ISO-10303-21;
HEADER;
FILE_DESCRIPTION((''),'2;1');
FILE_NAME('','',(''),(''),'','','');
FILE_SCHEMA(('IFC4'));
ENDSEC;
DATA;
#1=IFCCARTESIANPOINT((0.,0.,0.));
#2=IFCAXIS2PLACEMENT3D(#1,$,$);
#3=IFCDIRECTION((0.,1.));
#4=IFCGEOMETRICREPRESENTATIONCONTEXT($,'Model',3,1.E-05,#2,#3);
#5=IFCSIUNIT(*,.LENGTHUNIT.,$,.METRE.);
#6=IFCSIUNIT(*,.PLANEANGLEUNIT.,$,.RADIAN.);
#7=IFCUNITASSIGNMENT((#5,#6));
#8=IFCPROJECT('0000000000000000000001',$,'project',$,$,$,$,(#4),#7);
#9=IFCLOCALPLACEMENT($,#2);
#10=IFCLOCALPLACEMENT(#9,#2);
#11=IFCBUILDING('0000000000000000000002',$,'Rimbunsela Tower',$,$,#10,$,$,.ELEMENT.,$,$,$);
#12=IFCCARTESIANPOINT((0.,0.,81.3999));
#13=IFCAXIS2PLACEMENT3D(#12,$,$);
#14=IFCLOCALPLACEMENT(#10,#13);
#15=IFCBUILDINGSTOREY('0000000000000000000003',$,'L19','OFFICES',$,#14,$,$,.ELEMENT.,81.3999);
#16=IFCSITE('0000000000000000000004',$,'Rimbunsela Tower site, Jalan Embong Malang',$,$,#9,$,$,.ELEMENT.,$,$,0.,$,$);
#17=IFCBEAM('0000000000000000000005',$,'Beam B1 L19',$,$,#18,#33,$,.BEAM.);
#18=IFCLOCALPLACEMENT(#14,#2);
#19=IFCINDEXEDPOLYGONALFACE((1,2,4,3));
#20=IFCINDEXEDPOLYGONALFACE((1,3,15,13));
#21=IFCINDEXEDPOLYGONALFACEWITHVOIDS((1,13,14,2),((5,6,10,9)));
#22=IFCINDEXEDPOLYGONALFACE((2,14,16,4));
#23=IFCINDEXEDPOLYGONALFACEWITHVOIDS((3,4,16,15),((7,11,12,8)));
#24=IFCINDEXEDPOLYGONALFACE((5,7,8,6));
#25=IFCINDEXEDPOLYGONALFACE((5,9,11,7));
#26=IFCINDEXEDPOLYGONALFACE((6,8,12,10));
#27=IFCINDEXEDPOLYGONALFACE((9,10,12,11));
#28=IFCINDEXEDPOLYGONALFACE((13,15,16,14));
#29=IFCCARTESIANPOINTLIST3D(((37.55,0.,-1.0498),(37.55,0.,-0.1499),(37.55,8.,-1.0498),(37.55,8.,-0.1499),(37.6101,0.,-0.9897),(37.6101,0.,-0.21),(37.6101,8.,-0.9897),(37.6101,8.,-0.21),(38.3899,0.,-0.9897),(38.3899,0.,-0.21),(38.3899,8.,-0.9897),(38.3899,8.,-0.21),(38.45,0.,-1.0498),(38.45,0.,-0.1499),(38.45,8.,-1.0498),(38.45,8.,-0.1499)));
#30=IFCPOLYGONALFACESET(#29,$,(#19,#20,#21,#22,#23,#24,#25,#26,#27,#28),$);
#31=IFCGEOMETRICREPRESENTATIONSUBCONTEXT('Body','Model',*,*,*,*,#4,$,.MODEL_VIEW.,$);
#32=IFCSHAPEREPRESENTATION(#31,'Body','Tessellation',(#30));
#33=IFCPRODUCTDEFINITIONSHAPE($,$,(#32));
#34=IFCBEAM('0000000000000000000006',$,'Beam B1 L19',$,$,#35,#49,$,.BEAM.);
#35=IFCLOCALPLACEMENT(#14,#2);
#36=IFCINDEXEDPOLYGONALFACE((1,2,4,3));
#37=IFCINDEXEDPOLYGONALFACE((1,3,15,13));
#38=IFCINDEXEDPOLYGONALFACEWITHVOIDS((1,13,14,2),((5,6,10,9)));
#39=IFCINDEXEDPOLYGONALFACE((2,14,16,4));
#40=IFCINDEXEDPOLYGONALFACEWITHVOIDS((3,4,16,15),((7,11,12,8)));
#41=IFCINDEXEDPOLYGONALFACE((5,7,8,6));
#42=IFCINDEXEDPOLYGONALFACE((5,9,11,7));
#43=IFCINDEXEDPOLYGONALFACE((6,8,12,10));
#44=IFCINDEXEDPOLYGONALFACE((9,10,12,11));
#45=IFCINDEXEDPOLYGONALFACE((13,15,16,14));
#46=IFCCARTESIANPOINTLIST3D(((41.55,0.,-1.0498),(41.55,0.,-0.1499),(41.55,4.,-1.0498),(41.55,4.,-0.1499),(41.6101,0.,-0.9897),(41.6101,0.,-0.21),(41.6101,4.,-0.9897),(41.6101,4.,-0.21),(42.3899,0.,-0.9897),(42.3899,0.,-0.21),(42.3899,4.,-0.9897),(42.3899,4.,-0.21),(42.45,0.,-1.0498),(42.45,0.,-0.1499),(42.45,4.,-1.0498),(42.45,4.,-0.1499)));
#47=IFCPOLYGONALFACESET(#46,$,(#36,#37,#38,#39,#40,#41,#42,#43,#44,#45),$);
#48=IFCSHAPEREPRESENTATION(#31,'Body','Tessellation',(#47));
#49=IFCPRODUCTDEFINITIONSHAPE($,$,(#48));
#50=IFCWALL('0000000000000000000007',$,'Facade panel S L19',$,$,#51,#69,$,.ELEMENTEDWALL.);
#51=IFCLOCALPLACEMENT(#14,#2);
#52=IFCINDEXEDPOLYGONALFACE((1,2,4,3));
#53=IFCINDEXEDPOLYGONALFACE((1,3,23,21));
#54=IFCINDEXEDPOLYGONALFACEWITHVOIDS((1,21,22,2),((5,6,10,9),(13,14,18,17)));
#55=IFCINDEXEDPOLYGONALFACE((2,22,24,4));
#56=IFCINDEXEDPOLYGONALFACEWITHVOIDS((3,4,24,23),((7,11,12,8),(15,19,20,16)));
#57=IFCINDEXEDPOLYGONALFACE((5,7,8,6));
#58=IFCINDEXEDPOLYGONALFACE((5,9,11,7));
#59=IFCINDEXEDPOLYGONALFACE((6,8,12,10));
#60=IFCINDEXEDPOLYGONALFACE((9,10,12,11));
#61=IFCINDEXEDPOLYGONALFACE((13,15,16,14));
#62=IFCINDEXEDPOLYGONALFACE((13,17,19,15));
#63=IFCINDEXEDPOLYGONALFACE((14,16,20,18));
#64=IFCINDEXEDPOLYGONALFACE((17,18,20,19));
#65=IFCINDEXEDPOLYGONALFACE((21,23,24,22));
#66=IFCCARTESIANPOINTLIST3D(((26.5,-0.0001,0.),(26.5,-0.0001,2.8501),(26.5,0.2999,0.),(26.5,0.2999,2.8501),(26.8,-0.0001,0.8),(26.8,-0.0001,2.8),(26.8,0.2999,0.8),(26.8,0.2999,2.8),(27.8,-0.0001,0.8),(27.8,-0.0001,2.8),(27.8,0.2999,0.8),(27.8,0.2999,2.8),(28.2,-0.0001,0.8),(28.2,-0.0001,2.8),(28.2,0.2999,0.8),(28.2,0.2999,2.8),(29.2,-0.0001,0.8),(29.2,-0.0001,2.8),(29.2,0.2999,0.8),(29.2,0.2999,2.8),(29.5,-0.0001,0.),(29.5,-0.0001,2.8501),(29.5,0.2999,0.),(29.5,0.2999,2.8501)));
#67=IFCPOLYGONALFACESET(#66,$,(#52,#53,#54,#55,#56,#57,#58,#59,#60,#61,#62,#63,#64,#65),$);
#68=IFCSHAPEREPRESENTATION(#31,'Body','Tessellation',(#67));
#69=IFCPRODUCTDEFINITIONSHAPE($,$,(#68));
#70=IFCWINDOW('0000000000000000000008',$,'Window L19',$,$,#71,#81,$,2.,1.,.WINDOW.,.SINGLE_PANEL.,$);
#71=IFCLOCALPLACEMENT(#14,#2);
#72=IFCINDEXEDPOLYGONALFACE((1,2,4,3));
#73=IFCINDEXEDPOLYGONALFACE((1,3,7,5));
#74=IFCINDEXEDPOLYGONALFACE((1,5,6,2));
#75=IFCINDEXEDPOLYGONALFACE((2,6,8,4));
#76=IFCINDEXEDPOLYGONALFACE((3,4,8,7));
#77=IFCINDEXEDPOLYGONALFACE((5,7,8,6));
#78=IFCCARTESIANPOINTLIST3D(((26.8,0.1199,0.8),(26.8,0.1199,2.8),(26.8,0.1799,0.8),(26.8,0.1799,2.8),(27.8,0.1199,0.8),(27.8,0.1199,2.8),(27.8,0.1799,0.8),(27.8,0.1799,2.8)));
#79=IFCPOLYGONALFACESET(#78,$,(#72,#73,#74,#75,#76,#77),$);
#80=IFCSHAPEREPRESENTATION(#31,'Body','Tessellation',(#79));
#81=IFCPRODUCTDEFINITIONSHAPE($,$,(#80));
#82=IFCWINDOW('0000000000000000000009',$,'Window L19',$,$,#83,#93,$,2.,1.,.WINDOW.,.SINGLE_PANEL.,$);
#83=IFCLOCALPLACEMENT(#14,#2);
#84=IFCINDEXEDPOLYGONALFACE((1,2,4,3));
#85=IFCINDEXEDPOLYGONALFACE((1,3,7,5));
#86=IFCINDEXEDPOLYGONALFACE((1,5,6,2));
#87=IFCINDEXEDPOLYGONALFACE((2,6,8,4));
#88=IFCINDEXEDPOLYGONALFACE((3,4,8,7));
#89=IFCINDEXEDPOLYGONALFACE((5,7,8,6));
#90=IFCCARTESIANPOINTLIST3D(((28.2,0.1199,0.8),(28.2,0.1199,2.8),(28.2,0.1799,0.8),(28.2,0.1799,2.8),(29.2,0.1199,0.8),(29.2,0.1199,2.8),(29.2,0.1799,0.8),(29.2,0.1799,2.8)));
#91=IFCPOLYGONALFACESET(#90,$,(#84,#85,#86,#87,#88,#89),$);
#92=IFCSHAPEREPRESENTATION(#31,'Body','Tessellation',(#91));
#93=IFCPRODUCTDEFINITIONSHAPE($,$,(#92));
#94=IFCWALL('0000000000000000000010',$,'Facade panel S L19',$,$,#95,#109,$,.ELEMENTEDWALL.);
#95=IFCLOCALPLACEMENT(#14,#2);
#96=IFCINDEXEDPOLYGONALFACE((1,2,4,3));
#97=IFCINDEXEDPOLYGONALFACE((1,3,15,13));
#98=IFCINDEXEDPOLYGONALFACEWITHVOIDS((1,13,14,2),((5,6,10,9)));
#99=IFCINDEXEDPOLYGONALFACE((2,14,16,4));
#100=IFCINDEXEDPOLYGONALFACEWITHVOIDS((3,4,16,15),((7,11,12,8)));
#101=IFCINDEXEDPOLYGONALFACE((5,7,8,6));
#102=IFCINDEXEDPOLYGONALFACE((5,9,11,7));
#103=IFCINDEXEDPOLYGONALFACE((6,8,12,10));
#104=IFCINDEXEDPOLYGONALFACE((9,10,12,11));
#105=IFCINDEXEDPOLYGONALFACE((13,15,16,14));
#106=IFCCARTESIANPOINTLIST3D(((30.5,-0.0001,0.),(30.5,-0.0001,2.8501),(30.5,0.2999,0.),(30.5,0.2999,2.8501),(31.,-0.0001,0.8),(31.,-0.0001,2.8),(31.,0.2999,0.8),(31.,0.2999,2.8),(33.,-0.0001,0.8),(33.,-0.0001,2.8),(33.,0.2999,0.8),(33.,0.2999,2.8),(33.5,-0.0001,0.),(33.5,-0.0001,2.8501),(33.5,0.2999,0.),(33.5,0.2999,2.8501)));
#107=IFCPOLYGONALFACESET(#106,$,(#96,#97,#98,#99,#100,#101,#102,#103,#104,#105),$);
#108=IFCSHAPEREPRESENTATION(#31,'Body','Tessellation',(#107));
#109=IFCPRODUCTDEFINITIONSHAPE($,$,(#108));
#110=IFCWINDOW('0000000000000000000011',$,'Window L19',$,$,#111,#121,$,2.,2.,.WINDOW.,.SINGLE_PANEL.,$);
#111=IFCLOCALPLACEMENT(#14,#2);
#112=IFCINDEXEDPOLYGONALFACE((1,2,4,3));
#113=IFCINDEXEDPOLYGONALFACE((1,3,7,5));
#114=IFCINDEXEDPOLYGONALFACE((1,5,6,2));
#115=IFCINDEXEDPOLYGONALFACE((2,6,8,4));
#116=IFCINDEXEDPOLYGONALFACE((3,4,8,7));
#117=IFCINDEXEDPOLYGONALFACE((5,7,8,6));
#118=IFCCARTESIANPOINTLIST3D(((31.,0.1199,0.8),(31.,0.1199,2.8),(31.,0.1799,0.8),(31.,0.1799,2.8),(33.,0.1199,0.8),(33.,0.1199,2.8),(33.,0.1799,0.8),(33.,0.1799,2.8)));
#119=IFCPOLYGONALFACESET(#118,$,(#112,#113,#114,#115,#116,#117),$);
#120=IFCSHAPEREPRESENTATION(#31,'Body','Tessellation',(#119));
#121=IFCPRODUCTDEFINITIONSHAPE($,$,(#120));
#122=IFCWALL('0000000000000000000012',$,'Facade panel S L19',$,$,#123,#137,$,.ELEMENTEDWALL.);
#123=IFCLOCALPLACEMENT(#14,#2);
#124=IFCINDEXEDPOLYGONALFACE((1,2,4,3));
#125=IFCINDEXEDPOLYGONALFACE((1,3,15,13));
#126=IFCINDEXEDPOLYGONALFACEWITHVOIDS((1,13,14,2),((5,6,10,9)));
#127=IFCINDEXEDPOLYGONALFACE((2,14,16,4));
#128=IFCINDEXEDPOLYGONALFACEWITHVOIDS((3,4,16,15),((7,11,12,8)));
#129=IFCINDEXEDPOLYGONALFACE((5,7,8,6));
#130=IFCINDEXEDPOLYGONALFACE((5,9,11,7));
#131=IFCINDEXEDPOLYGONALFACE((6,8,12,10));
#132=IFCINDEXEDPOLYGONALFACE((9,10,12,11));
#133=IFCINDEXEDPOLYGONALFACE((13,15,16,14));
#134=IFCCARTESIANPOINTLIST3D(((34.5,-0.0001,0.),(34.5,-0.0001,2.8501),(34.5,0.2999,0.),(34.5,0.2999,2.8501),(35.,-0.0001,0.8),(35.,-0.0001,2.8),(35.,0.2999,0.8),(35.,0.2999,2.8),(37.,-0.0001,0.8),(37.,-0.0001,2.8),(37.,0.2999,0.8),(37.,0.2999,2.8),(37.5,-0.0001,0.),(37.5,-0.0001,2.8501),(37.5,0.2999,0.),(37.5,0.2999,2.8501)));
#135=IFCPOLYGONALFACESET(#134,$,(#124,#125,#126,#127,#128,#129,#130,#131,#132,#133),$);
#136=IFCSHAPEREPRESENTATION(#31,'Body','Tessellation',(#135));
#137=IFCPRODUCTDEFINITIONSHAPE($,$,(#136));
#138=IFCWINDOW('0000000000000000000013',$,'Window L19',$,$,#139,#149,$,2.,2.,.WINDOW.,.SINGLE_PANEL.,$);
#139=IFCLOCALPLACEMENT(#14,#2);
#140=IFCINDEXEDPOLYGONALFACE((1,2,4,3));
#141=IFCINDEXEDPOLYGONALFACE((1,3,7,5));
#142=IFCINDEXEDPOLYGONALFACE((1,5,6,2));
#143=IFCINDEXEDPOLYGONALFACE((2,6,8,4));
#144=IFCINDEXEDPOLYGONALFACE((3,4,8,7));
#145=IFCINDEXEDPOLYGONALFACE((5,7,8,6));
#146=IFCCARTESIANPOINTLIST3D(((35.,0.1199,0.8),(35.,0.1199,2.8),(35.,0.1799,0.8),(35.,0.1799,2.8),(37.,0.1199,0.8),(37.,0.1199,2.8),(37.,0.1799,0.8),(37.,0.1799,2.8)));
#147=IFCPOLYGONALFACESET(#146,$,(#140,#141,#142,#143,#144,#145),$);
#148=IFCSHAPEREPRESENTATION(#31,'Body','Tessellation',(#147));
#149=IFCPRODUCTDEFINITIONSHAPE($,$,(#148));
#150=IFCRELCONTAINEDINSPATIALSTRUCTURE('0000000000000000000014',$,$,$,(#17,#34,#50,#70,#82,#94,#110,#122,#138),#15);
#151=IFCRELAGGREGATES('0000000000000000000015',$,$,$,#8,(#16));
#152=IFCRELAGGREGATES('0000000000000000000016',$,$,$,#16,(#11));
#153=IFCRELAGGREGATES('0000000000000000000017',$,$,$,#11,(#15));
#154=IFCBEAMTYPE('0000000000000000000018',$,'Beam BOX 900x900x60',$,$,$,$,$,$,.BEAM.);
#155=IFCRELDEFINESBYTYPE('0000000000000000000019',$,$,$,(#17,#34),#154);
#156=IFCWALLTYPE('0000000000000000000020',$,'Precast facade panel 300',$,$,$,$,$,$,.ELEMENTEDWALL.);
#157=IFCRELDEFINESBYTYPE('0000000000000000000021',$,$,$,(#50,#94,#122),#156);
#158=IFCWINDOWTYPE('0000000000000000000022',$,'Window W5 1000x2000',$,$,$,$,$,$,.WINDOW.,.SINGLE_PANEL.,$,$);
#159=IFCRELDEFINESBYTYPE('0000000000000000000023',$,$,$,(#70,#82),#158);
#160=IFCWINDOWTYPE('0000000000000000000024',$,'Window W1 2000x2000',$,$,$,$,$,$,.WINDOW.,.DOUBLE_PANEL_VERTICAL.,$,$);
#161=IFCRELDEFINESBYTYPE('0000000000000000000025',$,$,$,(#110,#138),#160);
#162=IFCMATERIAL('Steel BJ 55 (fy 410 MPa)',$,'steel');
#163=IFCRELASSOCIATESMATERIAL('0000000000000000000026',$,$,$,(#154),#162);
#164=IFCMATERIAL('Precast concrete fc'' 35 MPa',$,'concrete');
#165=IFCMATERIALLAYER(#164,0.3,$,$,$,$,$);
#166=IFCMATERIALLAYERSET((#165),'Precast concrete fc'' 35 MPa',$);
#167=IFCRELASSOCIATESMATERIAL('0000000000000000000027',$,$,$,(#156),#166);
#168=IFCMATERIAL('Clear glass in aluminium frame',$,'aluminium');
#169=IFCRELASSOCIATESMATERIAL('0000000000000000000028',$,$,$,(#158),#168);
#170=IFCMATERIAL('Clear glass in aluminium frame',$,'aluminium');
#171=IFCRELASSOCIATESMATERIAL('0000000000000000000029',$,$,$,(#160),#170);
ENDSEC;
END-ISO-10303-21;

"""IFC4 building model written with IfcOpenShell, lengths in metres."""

from ifc_helpers import new_model, si_unit, direction, frame, frame_2d, origin, origin_2d, place, context, subcontext, project, spatial, rectangle, hollow_rectangle, extrude, material, layer, layer_set, material_profile, profile_set, type_object, element, fill, save


model = new_model("IFC4")

# Units and contexts
model_context = context("Model", 3, precision=1e-05, world=origin(), true_north=direction((0.0, 1.0)))
body_context = subcontext(model_context, "Body", "Model", "MODEL_VIEW")
ifc_project = project(units=[si_unit("LENGTHUNIT", "METRE"), si_unit("PLANEANGLEUNIT", "RADIAN")], contexts=[model_context])

# Site, building, storey
site_placement = place(None, origin())
site = spatial("IfcSite", under=ifc_project, at=site_placement, Name="Rimbunsela Tower site, Jalan Embong Malang", CompositionType="ELEMENT", RefElevation=0.0)
building_placement = place(site_placement, origin())
building = spatial("IfcBuilding", under=site, at=building_placement, Name="Rimbunsela Tower", CompositionType="ELEMENT")
storey_placement = place(building_placement, frame((0.0, 0.0, 81.3999)))
storey = spatial("IfcBuildingStorey", under=building, at=storey_placement, Name="L19", Description="OFFICES", CompositionType="ELEMENT", Elevation=81.3999)

# Beams
ifc_material_1 = material(Name="Steel BJ 55 (fy 410 MPa)", Category="steel")
ifc_material_profile_1 = material_profile(ifc_material_1, hollow_rectangle(XDim=0.8999, YDim=0.8999, WallThickness=0.0601, at=origin_2d()), Name="BOX 900x900x60")
ifc_profile_set_1 = profile_set([ifc_material_profile_1], Name="Steel BJ 55 (fy 410 MPa)")
beam_type_1 = type_object("IfcBeamType", Name="Beam BOX 900x900x60", PredefinedType="BEAM", material=ifc_profile_set_1)
beam_1_placement = place(storey_placement, frame((38.0, 0.0, -0.5999), z_axis=(0.0, 1.0, 0.0), x_axis=(-1.0, 0.0, 0.0)))
element("IfcBeam", 1, at=beam_1_placement, inside=storey, type_object=beam_type_1, Name="Beam B1 L19", PredefinedType="BEAM", context=body_context, shape_type="SweptSolid", body=[
    extrude(hollow_rectangle(XDim=0.8999, YDim=0.8999, WallThickness=0.0601, at=origin_2d()), origin(), (0.0, 0.0, 1.0), 8.0),
])
beam_2_placement = place(storey_placement, frame((42.0, 0.0, -0.5999), z_axis=(0.0, 1.0, 0.0), x_axis=(-1.0, 0.0, 0.0)))
element("IfcBeam", 2, at=beam_2_placement, inside=storey, type_object=beam_type_1, Name="Beam B1 L19", PredefinedType="BEAM", context=body_context, shape_type="SweptSolid", body=[
    extrude(hollow_rectangle(XDim=0.8999, YDim=0.8999, WallThickness=0.0601, at=origin_2d()), origin(), (0.0, 0.0, 1.0), 4.0),
])

# Wall, openings, windows
ifc_material_2 = material(Name="Precast concrete fc' 35 MPa", Category="concrete")
ifc_layer_1 = layer(ifc_material_2, 0.3)
ifc_layer_set_1 = layer_set([ifc_layer_1], Name="Precast concrete fc' 35 MPa")
wall_type_1 = type_object("IfcWallType", Name="Precast facade panel 300", PredefinedType="ELEMENTEDWALL", material=ifc_layer_set_1)
wall_1_placement = place(storey_placement, frame((26.5, 0.1499, 0.0), z_axis=(0.0, 0.0, 1.0), x_axis=(1.0, 0.0, 0.0)))
wall_1 = element("IfcWall", 3, at=wall_1_placement, inside=storey, type_object=wall_type_1, Name="Facade panel S L19", PredefinedType="ELEMENTEDWALL", context=body_context, shape_type="SweptSolid", body=[
    extrude(rectangle(XDim=3.0, YDim=0.3, at=frame_2d((1.5, 0.0))), origin(), (0.0, 0.0, 1.0), 2.8501),
])
opening_1_placement = place(wall_1_placement, frame((0.3, 0.0, 0.8)))
opening_1 = element("IfcOpeningElement", 4, at=opening_1_placement, cuts=wall_1, PredefinedType="OPENING", context=body_context, shape_type="SweptSolid", body=[
    extrude(rectangle(XDim=1.0, YDim=2.0, at=frame_2d((0.5, 1.0))), frame((0.0, 0.1599, 0.0), z_axis=(0.0, -1.0, 0.0), x_axis=(1.0, 0.0, 0.0)), (0.0, 0.0, 1.0), 0.3201),
])
opening_2_placement = place(wall_1_placement, frame((1.7, 0.0, 0.8)))
opening_2 = element("IfcOpeningElement", 5, at=opening_2_placement, cuts=wall_1, PredefinedType="OPENING", context=body_context, shape_type="SweptSolid", body=[
    extrude(rectangle(XDim=1.0, YDim=2.0, at=frame_2d((0.5, 1.0))), frame((0.0, 0.1599, 0.0), z_axis=(0.0, -1.0, 0.0), x_axis=(1.0, 0.0, 0.0)), (0.0, 0.0, 1.0), 0.3201),
])
ifc_material_3 = material(Name="Clear glass in aluminium frame", Category="aluminium")
window_type_1 = type_object("IfcWindowType", Name="Window W5 1000x2000", PartitioningType="SINGLE_PANEL", PredefinedType="WINDOW", material=ifc_material_3)
window_1_placement = place(opening_1_placement, origin())
window_1 = element("IfcWindow", 6, at=window_1_placement, inside=storey, type_object=window_type_1, Name="Window L19", OverallHeight=2.0, OverallWidth=1.0, PartitioningType="SINGLE_PANEL", PredefinedType="WINDOW", context=body_context, shape_type="SweptSolid", body=[
    extrude(rectangle(XDim=1.0, YDim=2.0, at=frame_2d((0.5, 1.0))), frame((0.0, 0.03, 0.0), z_axis=(0.0, -1.0, 0.0), x_axis=(1.0, 0.0, 0.0)), (0.0, 0.0, 1.0), 0.0601),
])
fill(opening_1, window_1)
window_2_placement = place(opening_2_placement, origin())
window_2 = element("IfcWindow", 7, at=window_2_placement, inside=storey, type_object=window_type_1, Name="Window L19", OverallHeight=2.0, OverallWidth=1.0, PartitioningType="SINGLE_PANEL", PredefinedType="WINDOW", context=body_context, shape_type="SweptSolid", body=[
    extrude(rectangle(XDim=1.0, YDim=2.0, at=frame_2d((0.5, 1.0))), frame((0.0, 0.03, 0.0), z_axis=(0.0, -1.0, 0.0), x_axis=(1.0, 0.0, 0.0)), (0.0, 0.0, 1.0), 0.0601),
])
fill(opening_2, window_2)

# Walls, openings, windows
wall_2_placement = place(storey_placement, frame((30.5, 0.1499, 0.0), z_axis=(0.0, 0.0, 1.0), x_axis=(1.0, 0.0, 0.0)))
wall_2 = element("IfcWall", 8, at=wall_2_placement, inside=storey, type_object=wall_type_1, Name="Facade panel S L19", PredefinedType="ELEMENTEDWALL", context=body_context, shape_type="SweptSolid", body=[
    extrude(rectangle(XDim=3.0, YDim=0.3, at=frame_2d((1.5, 0.0))), origin(), (0.0, 0.0, 1.0), 2.8501),
])
opening_3_placement = place(wall_2_placement, frame((0.5, 0.0, 0.8)))
opening_3 = element("IfcOpeningElement", 9, at=opening_3_placement, cuts=wall_2, PredefinedType="OPENING", context=body_context, shape_type="SweptSolid", body=[
    extrude(rectangle(XDim=2.0, YDim=2.0, at=frame_2d((1.0, 1.0))), frame((0.0, 0.1599, 0.0), z_axis=(0.0, -1.0, 0.0), x_axis=(1.0, 0.0, 0.0)), (0.0, 0.0, 1.0), 0.3201),
])
ifc_material_4 = material(Name="Clear glass in aluminium frame", Category="aluminium")
window_type_2 = type_object("IfcWindowType", Name="Window W1 2000x2000", PartitioningType="DOUBLE_PANEL_VERTICAL", PredefinedType="WINDOW", material=ifc_material_4)
window_3_placement = place(opening_3_placement, origin())
window_3 = element("IfcWindow", 10, at=window_3_placement, inside=storey, type_object=window_type_2, Name="Window L19", OverallHeight=2.0, OverallWidth=2.0, PartitioningType="SINGLE_PANEL", PredefinedType="WINDOW", context=body_context, shape_type="SweptSolid", body=[
    extrude(rectangle(XDim=2.0, YDim=2.0, at=frame_2d((1.0, 1.0))), frame((0.0, 0.03, 0.0), z_axis=(0.0, -1.0, 0.0), x_axis=(1.0, 0.0, 0.0)), (0.0, 0.0, 1.0), 0.0601),
])
fill(opening_3, window_3)
wall_3_placement = place(storey_placement, frame((34.5, 0.1499, 0.0), z_axis=(0.0, 0.0, 1.0), x_axis=(1.0, 0.0, 0.0)))
wall_3 = element("IfcWall", 11, at=wall_3_placement, inside=storey, type_object=wall_type_1, Name="Facade panel S L19", PredefinedType="ELEMENTEDWALL", context=body_context, shape_type="SweptSolid", body=[
    extrude(rectangle(XDim=3.0, YDim=0.3, at=frame_2d((1.5, 0.0))), origin(), (0.0, 0.0, 1.0), 2.8501),
])
opening_4_placement = place(wall_3_placement, frame((0.5, 0.0, 0.8)))
opening_4 = element("IfcOpeningElement", 12, at=opening_4_placement, cuts=wall_3, PredefinedType="OPENING", context=body_context, shape_type="SweptSolid", body=[
    extrude(rectangle(XDim=2.0, YDim=2.0, at=frame_2d((1.0, 1.0))), frame((0.0, 0.1599, 0.0), z_axis=(0.0, -1.0, 0.0), x_axis=(1.0, 0.0, 0.0)), (0.0, 0.0, 1.0), 0.3201),
])
window_4_placement = place(opening_4_placement, origin())
window_4 = element("IfcWindow", 13, at=window_4_placement, inside=storey, type_object=window_type_2, Name="Window L19", OverallHeight=2.0, OverallWidth=2.0, PartitioningType="SINGLE_PANEL", PredefinedType="WINDOW", context=body_context, shape_type="SweptSolid", body=[
    extrude(rectangle(XDim=2.0, YDim=2.0, at=frame_2d((1.0, 1.0))), frame((0.0, 0.03, 0.0), z_axis=(0.0, -1.0, 0.0), x_axis=(1.0, 0.0, 0.0)), (0.0, 0.0, 1.0), 0.0601),
])
fill(opening_4, window_4)

save(model, "model.ifc")
